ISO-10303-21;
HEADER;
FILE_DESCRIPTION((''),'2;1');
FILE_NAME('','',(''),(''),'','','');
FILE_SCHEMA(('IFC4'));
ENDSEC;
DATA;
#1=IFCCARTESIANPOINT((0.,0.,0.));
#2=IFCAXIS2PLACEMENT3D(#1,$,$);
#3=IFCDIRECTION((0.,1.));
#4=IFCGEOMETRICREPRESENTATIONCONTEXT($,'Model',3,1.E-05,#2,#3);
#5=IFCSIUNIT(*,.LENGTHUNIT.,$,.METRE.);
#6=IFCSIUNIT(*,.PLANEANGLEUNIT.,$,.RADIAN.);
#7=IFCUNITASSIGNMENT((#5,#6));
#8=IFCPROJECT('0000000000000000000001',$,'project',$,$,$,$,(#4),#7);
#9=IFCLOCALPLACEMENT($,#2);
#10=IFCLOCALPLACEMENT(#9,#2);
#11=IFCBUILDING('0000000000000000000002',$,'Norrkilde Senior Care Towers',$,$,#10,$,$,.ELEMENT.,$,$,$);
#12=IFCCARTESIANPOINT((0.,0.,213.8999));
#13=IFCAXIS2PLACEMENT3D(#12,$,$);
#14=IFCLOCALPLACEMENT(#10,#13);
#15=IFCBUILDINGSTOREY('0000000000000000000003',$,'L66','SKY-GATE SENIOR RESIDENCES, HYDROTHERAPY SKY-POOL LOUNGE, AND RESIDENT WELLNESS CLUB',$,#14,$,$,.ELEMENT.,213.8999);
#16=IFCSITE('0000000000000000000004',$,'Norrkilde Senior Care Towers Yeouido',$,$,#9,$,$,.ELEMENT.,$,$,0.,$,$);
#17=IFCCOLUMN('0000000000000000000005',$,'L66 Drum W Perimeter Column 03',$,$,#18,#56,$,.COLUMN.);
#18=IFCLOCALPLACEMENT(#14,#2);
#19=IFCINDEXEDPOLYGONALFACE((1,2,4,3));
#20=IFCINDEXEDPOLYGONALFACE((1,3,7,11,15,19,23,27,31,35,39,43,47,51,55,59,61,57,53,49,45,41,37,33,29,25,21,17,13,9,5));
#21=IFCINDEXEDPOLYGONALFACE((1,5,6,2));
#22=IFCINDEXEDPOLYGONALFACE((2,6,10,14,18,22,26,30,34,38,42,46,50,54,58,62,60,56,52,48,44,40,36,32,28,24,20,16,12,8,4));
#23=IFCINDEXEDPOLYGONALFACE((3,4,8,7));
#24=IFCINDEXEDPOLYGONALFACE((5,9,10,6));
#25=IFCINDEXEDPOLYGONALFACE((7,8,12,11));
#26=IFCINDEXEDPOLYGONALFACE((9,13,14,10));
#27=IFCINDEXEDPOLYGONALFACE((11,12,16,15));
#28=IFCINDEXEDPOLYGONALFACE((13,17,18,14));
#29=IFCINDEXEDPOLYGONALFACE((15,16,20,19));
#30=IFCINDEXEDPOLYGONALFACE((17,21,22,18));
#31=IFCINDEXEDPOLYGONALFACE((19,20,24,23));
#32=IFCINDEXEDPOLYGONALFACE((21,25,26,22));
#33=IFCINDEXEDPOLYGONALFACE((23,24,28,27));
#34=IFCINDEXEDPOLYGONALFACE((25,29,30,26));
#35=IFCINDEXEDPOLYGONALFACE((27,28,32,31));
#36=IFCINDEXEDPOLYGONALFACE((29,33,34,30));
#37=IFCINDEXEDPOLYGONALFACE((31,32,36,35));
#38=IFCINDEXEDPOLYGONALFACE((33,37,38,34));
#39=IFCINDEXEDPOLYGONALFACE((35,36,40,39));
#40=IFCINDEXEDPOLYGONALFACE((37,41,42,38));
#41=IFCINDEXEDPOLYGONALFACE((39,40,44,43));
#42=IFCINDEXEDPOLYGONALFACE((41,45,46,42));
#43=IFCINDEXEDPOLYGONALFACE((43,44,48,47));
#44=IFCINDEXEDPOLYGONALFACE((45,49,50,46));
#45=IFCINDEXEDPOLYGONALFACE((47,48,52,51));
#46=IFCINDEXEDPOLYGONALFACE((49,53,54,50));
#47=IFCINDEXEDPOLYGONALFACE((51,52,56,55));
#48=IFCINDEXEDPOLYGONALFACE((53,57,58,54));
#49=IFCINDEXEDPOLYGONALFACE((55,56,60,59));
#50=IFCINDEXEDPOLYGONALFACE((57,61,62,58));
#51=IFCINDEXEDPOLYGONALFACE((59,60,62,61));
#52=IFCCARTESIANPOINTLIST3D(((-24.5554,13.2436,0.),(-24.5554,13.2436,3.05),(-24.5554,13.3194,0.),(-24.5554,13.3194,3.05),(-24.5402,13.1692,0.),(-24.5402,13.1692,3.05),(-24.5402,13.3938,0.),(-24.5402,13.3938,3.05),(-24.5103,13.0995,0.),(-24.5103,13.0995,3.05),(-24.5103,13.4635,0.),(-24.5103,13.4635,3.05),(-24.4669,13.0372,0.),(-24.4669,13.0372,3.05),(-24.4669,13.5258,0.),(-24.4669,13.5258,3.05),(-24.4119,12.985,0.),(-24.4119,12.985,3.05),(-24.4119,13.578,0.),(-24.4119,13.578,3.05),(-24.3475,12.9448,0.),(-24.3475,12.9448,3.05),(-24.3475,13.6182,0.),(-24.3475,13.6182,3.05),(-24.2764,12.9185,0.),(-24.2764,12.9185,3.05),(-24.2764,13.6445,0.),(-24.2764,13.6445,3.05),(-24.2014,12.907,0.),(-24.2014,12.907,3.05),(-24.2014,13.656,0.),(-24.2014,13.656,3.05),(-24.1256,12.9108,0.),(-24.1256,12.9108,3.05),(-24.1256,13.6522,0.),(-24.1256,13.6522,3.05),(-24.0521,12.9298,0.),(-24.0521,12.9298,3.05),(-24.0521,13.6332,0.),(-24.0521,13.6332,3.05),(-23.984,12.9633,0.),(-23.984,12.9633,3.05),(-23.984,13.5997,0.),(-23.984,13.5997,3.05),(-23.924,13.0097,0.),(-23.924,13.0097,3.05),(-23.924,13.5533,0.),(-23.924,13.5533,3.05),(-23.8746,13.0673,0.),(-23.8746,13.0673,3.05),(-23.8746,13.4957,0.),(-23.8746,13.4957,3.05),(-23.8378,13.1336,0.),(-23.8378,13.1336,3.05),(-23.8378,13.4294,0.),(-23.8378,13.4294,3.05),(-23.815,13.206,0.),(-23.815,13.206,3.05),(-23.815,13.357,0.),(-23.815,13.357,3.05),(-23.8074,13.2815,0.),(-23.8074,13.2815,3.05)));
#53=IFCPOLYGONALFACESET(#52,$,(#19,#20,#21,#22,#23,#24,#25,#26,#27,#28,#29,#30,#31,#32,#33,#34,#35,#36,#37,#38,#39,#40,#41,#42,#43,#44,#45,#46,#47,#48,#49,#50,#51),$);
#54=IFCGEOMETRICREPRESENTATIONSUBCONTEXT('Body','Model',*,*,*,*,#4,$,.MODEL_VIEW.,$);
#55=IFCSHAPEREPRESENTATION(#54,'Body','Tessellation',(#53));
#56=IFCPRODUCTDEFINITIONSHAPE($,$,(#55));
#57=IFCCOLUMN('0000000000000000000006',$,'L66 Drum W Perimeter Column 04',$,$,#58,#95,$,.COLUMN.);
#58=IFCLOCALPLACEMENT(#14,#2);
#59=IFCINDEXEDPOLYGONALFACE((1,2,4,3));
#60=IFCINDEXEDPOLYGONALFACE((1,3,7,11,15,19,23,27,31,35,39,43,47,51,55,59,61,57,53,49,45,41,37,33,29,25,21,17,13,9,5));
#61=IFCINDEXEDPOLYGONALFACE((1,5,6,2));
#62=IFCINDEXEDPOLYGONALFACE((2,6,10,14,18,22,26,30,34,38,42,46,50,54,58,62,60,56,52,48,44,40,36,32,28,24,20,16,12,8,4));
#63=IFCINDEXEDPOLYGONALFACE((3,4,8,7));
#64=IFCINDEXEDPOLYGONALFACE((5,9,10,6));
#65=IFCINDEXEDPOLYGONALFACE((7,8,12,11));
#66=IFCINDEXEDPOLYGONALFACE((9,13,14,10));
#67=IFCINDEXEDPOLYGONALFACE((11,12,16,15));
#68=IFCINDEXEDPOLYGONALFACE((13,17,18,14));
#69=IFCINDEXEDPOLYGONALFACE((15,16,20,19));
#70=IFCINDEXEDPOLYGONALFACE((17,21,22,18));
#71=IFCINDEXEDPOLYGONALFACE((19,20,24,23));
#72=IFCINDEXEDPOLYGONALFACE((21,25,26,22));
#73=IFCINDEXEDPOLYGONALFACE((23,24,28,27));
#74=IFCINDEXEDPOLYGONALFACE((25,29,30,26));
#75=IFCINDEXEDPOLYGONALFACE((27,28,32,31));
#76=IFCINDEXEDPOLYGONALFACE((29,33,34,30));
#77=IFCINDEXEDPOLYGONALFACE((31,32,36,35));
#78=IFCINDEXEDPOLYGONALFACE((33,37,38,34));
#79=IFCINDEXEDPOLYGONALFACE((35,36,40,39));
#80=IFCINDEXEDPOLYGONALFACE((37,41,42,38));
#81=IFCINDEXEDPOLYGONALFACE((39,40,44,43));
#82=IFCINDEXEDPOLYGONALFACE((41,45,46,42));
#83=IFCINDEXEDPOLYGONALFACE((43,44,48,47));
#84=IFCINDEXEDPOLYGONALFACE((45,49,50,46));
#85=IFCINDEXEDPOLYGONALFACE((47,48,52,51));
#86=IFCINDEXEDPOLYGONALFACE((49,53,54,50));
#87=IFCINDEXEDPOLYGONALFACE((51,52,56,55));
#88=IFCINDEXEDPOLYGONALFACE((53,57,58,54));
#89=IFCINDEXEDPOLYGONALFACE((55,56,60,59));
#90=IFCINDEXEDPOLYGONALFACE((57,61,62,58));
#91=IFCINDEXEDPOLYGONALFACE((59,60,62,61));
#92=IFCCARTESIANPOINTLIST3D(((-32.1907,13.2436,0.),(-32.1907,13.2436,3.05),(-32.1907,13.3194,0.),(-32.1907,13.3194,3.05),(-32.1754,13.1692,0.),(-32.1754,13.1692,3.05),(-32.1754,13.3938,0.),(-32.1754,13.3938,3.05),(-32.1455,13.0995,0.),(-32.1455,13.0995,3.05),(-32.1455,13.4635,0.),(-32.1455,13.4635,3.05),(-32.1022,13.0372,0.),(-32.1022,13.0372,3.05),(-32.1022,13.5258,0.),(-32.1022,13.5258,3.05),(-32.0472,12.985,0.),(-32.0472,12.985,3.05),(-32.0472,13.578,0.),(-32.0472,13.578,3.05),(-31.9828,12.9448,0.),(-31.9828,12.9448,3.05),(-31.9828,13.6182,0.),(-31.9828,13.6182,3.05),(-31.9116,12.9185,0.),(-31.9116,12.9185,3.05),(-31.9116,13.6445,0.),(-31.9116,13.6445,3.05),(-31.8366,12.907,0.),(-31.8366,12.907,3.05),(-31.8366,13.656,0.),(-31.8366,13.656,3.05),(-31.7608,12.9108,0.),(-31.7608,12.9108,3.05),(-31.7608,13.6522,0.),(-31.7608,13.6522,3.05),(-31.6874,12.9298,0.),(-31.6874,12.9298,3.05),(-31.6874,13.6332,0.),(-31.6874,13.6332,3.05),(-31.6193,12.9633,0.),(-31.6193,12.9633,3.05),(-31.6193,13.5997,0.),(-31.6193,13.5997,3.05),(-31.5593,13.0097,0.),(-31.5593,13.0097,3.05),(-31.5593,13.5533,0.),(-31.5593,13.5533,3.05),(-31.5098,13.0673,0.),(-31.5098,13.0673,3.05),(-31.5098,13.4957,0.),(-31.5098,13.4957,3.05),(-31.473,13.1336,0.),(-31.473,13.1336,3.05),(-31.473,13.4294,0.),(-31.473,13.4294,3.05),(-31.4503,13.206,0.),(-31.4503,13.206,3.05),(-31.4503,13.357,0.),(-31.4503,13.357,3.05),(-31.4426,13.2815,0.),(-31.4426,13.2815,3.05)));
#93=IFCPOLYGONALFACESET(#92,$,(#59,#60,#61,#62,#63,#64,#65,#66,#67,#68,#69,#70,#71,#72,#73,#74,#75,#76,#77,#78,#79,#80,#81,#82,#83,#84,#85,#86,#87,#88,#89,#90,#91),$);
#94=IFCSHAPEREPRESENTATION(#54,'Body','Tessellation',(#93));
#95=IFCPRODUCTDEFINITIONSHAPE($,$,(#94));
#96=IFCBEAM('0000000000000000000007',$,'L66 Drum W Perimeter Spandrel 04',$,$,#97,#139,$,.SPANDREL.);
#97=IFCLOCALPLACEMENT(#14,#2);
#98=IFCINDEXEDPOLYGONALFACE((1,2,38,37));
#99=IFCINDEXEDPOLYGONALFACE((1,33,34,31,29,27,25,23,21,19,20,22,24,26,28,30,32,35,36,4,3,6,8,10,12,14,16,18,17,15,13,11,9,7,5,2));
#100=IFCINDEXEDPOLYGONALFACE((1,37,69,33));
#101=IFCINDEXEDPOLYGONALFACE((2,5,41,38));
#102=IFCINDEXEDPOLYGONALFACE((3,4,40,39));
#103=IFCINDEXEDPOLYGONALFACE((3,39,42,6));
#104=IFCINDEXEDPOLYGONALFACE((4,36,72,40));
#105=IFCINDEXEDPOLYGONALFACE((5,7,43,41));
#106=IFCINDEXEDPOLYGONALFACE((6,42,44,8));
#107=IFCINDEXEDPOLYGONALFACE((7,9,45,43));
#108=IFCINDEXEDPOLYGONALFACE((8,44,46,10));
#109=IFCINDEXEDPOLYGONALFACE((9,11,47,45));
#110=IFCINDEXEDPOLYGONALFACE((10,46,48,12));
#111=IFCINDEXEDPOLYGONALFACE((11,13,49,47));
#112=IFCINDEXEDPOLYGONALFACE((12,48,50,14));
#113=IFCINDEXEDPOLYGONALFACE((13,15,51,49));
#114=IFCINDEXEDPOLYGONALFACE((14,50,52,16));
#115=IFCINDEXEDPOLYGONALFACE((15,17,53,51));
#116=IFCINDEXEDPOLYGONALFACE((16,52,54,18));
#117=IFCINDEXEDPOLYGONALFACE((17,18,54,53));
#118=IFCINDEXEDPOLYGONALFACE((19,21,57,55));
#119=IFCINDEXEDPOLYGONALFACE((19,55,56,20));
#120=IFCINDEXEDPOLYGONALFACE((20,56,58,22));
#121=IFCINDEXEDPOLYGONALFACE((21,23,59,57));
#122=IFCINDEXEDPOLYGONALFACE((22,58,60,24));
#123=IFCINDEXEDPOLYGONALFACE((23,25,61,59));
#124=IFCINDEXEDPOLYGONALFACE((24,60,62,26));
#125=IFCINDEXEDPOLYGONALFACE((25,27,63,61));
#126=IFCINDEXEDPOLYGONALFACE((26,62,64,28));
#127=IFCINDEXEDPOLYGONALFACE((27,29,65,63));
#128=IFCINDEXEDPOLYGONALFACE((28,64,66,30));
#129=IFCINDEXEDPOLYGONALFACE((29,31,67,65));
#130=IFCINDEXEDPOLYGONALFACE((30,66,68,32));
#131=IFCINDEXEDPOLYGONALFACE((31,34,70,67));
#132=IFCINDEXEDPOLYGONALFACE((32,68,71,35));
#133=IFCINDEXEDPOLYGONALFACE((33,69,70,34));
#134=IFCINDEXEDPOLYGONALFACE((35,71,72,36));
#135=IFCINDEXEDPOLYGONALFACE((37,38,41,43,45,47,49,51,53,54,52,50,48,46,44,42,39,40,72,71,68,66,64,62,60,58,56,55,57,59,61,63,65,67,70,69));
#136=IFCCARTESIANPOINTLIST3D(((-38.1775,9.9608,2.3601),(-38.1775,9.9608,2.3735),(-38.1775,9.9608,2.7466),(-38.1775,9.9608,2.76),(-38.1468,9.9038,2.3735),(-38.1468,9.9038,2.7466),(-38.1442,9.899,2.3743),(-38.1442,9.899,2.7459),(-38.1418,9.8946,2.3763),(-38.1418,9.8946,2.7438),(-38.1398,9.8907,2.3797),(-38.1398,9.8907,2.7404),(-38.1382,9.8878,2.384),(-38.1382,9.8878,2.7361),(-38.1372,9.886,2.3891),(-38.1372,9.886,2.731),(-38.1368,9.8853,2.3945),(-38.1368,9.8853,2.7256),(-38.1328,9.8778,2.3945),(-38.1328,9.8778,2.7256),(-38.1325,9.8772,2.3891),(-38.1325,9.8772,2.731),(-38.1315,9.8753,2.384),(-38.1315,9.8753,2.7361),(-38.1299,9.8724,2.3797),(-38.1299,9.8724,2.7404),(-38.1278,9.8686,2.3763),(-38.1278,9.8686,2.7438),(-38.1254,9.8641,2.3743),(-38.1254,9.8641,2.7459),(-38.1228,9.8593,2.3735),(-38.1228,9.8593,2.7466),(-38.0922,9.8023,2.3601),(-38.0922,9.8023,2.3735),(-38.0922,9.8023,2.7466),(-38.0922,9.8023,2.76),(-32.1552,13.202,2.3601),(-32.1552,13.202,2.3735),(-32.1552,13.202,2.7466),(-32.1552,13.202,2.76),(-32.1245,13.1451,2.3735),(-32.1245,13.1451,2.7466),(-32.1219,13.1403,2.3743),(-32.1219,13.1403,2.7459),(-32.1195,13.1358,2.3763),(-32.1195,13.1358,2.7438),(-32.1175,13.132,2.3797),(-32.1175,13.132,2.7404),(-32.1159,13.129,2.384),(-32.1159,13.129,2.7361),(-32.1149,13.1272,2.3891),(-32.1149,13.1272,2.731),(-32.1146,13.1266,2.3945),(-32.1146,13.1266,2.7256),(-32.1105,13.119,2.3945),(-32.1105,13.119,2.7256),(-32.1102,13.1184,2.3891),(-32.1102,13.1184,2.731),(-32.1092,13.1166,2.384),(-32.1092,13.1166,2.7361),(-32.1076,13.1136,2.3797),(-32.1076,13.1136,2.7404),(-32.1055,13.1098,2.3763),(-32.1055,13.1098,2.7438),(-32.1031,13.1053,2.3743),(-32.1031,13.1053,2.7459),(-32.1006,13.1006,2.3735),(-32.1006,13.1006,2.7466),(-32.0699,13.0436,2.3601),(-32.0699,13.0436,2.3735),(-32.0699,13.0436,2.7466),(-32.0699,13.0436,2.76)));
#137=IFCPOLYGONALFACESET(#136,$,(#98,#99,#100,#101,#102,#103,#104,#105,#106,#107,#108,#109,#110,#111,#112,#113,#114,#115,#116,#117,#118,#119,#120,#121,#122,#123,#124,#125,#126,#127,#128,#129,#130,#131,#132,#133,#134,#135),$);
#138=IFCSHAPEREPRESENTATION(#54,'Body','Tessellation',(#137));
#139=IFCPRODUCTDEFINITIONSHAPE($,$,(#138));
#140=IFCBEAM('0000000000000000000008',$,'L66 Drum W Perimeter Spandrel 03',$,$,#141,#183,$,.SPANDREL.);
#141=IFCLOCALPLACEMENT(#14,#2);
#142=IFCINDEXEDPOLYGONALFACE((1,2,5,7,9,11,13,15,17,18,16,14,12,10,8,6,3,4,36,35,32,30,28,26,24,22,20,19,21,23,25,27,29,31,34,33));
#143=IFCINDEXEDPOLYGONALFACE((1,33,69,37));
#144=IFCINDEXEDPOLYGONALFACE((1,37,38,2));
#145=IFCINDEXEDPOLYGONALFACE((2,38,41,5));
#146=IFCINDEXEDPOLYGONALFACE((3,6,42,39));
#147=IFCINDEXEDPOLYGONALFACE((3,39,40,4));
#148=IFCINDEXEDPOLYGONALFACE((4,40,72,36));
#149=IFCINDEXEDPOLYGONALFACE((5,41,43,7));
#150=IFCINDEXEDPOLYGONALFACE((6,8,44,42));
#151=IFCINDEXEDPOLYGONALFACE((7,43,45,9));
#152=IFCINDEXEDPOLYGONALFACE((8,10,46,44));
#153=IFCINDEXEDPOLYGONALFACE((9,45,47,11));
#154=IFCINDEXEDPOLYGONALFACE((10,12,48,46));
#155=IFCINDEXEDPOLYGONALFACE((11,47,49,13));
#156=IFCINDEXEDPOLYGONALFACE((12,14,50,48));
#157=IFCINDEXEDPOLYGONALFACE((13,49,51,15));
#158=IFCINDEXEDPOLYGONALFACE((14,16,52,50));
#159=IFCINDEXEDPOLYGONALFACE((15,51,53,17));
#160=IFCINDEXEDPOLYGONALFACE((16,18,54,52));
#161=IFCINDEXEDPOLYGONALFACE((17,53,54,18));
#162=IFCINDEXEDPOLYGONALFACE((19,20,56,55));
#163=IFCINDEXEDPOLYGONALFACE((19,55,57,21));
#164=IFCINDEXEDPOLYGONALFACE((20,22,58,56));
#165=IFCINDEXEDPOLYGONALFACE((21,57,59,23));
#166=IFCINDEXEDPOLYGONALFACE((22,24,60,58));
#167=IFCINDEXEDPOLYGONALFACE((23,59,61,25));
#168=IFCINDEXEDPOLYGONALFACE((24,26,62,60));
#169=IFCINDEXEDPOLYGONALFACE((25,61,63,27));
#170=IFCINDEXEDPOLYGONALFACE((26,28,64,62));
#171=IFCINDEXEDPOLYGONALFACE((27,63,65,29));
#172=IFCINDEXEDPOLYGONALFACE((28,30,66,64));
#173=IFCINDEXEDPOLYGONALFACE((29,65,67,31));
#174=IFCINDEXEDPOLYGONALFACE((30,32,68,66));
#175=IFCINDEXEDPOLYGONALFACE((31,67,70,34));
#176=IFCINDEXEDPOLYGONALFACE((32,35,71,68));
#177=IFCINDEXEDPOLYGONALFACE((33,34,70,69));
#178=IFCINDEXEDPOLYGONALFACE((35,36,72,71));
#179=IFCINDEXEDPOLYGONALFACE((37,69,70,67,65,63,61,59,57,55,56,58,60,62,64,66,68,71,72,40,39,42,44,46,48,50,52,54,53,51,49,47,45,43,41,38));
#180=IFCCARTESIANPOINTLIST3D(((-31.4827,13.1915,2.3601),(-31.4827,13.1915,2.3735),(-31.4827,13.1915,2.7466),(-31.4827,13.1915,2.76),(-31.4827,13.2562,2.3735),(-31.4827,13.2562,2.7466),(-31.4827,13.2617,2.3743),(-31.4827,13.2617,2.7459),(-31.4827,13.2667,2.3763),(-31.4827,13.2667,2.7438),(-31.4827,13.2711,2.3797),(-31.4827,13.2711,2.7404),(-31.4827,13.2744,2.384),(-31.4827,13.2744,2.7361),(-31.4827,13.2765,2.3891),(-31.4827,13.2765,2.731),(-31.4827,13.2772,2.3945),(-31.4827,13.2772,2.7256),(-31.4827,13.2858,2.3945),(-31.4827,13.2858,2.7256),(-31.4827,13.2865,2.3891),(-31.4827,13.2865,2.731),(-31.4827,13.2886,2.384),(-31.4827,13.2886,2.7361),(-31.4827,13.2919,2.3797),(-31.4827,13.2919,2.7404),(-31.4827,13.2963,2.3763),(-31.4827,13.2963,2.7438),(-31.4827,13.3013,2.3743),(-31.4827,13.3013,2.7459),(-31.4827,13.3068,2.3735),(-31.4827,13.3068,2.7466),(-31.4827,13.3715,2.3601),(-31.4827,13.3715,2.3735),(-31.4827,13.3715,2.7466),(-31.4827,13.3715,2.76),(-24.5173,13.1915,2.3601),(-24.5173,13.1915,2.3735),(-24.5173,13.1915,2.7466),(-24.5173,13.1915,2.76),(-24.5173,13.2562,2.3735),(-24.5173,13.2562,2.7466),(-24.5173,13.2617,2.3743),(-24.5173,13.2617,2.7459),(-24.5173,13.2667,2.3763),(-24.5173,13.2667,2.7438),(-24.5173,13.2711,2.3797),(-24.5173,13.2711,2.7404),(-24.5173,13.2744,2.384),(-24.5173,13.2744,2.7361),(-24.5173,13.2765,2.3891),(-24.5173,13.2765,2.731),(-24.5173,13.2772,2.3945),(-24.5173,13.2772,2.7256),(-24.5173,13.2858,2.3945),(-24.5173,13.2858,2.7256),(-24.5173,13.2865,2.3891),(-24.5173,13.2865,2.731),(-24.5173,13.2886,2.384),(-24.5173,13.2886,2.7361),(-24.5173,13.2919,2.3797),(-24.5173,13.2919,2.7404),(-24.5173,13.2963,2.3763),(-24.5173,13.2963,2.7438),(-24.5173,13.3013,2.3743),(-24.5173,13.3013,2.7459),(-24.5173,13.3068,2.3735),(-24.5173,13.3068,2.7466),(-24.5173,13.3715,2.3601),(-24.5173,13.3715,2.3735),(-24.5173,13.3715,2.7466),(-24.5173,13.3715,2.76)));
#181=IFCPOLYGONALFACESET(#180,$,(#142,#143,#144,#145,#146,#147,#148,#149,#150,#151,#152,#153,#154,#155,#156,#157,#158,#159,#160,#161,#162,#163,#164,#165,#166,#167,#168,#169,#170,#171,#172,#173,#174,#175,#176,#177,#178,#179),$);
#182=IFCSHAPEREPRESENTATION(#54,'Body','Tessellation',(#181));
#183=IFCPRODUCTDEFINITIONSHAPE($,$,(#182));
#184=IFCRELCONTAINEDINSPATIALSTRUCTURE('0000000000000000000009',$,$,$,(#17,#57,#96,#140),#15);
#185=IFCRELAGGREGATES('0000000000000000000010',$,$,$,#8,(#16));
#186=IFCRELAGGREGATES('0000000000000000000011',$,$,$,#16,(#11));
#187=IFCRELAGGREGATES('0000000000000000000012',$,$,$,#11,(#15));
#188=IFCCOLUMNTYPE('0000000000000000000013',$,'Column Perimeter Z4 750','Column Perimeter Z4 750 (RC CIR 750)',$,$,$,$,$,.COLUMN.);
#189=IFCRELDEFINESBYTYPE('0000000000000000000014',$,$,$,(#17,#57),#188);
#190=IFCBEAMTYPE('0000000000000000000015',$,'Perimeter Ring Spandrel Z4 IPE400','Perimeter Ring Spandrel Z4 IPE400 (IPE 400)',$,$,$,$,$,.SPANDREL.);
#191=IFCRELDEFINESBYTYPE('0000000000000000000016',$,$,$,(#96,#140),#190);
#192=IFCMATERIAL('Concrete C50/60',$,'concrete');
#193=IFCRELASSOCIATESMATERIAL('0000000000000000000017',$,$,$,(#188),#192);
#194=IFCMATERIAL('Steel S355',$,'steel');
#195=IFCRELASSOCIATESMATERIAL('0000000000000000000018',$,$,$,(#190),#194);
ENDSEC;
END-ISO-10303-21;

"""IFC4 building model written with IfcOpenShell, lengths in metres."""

from ifc_helpers import new_model, si_unit, direction, frame, origin, origin_2d, place, context, subcontext, project, spatial, circle, i_section, extrude, source, transform, mapped, material, material_profile, profile_set, type_object, type_shapes, element, save


model = new_model("IFC4")

# Units and contexts
model_context = context("Model", 3, precision=1e-05, world=origin(), true_north=direction((0.0, 1.0)))
body_context = subcontext(model_context, "Body", "Model", "MODEL_VIEW")
ifc_project = project(units=[si_unit("LENGTHUNIT", "METRE"), si_unit("PLANEANGLEUNIT", "RADIAN")], contexts=[model_context])

# Site, building, storey
site_placement = place(None, origin())
site = spatial("IfcSite", under=ifc_project, at=site_placement, Name="Norrkilde Senior Care Towers Yeouido", CompositionType="ELEMENT", RefElevation=0.0)
building_placement = place(site_placement, origin())
building = spatial("IfcBuilding", under=site, at=building_placement, Name="Norrkilde Senior Care Towers", CompositionType="ELEMENT")
storey_placement = place(building_placement, frame((0.0, 0.0, 213.8999)))
storey = spatial("IfcBuildingStorey", under=building, at=storey_placement, Name="L66", Description="SKY-GATE SENIOR RESIDENCES, HYDROTHERAPY SKY-POOL LOUNGE, AND RESIDENT WELLNESS CLUB", CompositionType="ELEMENT", Elevation=213.8999)

# Columns
ifc_material_1 = material(Name="Concrete C50/60", Category="concrete")
ifc_material_profile_1 = material_profile(ifc_material_1, circle(Radius=0.375, at=origin_2d()), Name="RC CIR 750")
ifc_profile_set_1 = profile_set([ifc_material_profile_1], Name="Concrete C50/60")
column_type = type_object("IfcColumnType", Name="Column Perimeter Z4 750", Description="Column Perimeter Z4 750 (RC CIR 750)", PredefinedType="COLUMN", material=ifc_profile_set_1)
shared_shape_1 = source(origin(), body_context, "Body", "SweptSolid", [
    extrude(circle(Radius=0.375, at=origin_2d()), origin(), (0.0, 0.0, 1.0), 3.05),
])
type_shapes(column_type, [shared_shape_1])
for number, where, z_axis, x_axis, name in (
    (1, (-24.1824, 13.2815, 0.0), (0.0, 0.0, 1.0), (1.0, 0.0, 0.0), "L66 Drum W Perimeter Column 03"),
    (2, (-31.8176, 13.2815, 0.0), (0.0, 0.0, 1.0), (1.0, 0.0, 0.0), "L66 Drum W Perimeter Column 04"),
):
    element("IfcColumn", number, at=place(storey_placement, frame(where, z_axis=z_axis, x_axis=x_axis)), inside=storey, type_object=column_type, Name=name, PredefinedType="COLUMN", context=body_context, shape_type="MappedRepresentation", body=[
        mapped(shared_shape_1, transform((0.0, 0.0, 0.0), x_axis=(1.0, 0.0, 0.0), y_axis=(0.0, 1.0, 0.0), z_axis=(0.0, 0.0, 1.0), scale=1.0)),
    ])

# Beams
ifc_material_2 = material(Name="Steel S355", Category="steel")
ifc_material_profile_2 = material_profile(ifc_material_2, i_section(OverallWidth=0.1799, OverallDepth=0.3999, WebThickness=0.0085, FlangeThickness=0.0134, FilletRadius=0.021, at=origin_2d()), Name="IPE 400")
ifc_profile_set_2 = profile_set([ifc_material_profile_2], Name="Steel S355")
beam_type = type_object("IfcBeamType", Name="Perimeter Ring Spandrel Z4 IPE400", Description="Perimeter Ring Spandrel Z4 IPE400 (IPE 400)", PredefinedType="SPANDREL", material=ifc_profile_set_2)
shared_shape_2 = source(origin(), body_context, "Body", "SweptSolid", [
    extrude(i_section(OverallWidth=0.1799, OverallDepth=0.3999, WebThickness=0.0085, FlangeThickness=0.0134, FilletRadius=0.021, at=origin_2d()), origin(), (0.0, 0.0, 1.0), 6.8391),
])
beam_1_placement = place(storey_placement, frame((-32.1125, 13.1228, 2.5601), z_axis=(-0.880564, -0.473927, 0.0), x_axis=(0.473927, -0.880564, 0.0)))
element("IfcBeam", 3, at=beam_1_placement, inside=storey, type_object=beam_type, Name="L66 Drum W Perimeter Spandrel 04", PredefinedType="SPANDREL", context=body_context, shape_type="MappedRepresentation", body=[
    mapped(shared_shape_2, transform((0.0, 0.0, 0.0), x_axis=(1.0, 0.0, 0.0), y_axis=(0.0, 1.0, 0.0), z_axis=(0.0, 0.0, 1.0), scale=1.0)),
])
shared_shape_3 = source(origin(), body_context, "Body", "SweptSolid", [
    extrude(i_section(OverallWidth=0.1799, OverallDepth=0.3999, WebThickness=0.0085, FlangeThickness=0.0134, FilletRadius=0.021, at=origin_2d()), origin(), (0.0, 0.0, 1.0), 6.9653),
])
type_shapes(beam_type, [shared_shape_2, shared_shape_3])
beam_2_placement = place(storey_placement, frame((-24.5173, 13.2815, 2.5601), z_axis=(-1.0, 0.0, 0.0), x_axis=(0.0, -1.0, 0.0)))
element("IfcBeam", 4, at=beam_2_placement, inside=storey, type_object=beam_type, Name="L66 Drum W Perimeter Spandrel 03", PredefinedType="SPANDREL", context=body_context, shape_type="MappedRepresentation", body=[
    mapped(shared_shape_3, transform((0.0, 0.0, 0.0), x_axis=(1.0, 0.0, 0.0), y_axis=(0.0, 1.0, 0.0), z_axis=(0.0, 0.0, 1.0), scale=1.0)),
])

save(model, "model.ifc")
